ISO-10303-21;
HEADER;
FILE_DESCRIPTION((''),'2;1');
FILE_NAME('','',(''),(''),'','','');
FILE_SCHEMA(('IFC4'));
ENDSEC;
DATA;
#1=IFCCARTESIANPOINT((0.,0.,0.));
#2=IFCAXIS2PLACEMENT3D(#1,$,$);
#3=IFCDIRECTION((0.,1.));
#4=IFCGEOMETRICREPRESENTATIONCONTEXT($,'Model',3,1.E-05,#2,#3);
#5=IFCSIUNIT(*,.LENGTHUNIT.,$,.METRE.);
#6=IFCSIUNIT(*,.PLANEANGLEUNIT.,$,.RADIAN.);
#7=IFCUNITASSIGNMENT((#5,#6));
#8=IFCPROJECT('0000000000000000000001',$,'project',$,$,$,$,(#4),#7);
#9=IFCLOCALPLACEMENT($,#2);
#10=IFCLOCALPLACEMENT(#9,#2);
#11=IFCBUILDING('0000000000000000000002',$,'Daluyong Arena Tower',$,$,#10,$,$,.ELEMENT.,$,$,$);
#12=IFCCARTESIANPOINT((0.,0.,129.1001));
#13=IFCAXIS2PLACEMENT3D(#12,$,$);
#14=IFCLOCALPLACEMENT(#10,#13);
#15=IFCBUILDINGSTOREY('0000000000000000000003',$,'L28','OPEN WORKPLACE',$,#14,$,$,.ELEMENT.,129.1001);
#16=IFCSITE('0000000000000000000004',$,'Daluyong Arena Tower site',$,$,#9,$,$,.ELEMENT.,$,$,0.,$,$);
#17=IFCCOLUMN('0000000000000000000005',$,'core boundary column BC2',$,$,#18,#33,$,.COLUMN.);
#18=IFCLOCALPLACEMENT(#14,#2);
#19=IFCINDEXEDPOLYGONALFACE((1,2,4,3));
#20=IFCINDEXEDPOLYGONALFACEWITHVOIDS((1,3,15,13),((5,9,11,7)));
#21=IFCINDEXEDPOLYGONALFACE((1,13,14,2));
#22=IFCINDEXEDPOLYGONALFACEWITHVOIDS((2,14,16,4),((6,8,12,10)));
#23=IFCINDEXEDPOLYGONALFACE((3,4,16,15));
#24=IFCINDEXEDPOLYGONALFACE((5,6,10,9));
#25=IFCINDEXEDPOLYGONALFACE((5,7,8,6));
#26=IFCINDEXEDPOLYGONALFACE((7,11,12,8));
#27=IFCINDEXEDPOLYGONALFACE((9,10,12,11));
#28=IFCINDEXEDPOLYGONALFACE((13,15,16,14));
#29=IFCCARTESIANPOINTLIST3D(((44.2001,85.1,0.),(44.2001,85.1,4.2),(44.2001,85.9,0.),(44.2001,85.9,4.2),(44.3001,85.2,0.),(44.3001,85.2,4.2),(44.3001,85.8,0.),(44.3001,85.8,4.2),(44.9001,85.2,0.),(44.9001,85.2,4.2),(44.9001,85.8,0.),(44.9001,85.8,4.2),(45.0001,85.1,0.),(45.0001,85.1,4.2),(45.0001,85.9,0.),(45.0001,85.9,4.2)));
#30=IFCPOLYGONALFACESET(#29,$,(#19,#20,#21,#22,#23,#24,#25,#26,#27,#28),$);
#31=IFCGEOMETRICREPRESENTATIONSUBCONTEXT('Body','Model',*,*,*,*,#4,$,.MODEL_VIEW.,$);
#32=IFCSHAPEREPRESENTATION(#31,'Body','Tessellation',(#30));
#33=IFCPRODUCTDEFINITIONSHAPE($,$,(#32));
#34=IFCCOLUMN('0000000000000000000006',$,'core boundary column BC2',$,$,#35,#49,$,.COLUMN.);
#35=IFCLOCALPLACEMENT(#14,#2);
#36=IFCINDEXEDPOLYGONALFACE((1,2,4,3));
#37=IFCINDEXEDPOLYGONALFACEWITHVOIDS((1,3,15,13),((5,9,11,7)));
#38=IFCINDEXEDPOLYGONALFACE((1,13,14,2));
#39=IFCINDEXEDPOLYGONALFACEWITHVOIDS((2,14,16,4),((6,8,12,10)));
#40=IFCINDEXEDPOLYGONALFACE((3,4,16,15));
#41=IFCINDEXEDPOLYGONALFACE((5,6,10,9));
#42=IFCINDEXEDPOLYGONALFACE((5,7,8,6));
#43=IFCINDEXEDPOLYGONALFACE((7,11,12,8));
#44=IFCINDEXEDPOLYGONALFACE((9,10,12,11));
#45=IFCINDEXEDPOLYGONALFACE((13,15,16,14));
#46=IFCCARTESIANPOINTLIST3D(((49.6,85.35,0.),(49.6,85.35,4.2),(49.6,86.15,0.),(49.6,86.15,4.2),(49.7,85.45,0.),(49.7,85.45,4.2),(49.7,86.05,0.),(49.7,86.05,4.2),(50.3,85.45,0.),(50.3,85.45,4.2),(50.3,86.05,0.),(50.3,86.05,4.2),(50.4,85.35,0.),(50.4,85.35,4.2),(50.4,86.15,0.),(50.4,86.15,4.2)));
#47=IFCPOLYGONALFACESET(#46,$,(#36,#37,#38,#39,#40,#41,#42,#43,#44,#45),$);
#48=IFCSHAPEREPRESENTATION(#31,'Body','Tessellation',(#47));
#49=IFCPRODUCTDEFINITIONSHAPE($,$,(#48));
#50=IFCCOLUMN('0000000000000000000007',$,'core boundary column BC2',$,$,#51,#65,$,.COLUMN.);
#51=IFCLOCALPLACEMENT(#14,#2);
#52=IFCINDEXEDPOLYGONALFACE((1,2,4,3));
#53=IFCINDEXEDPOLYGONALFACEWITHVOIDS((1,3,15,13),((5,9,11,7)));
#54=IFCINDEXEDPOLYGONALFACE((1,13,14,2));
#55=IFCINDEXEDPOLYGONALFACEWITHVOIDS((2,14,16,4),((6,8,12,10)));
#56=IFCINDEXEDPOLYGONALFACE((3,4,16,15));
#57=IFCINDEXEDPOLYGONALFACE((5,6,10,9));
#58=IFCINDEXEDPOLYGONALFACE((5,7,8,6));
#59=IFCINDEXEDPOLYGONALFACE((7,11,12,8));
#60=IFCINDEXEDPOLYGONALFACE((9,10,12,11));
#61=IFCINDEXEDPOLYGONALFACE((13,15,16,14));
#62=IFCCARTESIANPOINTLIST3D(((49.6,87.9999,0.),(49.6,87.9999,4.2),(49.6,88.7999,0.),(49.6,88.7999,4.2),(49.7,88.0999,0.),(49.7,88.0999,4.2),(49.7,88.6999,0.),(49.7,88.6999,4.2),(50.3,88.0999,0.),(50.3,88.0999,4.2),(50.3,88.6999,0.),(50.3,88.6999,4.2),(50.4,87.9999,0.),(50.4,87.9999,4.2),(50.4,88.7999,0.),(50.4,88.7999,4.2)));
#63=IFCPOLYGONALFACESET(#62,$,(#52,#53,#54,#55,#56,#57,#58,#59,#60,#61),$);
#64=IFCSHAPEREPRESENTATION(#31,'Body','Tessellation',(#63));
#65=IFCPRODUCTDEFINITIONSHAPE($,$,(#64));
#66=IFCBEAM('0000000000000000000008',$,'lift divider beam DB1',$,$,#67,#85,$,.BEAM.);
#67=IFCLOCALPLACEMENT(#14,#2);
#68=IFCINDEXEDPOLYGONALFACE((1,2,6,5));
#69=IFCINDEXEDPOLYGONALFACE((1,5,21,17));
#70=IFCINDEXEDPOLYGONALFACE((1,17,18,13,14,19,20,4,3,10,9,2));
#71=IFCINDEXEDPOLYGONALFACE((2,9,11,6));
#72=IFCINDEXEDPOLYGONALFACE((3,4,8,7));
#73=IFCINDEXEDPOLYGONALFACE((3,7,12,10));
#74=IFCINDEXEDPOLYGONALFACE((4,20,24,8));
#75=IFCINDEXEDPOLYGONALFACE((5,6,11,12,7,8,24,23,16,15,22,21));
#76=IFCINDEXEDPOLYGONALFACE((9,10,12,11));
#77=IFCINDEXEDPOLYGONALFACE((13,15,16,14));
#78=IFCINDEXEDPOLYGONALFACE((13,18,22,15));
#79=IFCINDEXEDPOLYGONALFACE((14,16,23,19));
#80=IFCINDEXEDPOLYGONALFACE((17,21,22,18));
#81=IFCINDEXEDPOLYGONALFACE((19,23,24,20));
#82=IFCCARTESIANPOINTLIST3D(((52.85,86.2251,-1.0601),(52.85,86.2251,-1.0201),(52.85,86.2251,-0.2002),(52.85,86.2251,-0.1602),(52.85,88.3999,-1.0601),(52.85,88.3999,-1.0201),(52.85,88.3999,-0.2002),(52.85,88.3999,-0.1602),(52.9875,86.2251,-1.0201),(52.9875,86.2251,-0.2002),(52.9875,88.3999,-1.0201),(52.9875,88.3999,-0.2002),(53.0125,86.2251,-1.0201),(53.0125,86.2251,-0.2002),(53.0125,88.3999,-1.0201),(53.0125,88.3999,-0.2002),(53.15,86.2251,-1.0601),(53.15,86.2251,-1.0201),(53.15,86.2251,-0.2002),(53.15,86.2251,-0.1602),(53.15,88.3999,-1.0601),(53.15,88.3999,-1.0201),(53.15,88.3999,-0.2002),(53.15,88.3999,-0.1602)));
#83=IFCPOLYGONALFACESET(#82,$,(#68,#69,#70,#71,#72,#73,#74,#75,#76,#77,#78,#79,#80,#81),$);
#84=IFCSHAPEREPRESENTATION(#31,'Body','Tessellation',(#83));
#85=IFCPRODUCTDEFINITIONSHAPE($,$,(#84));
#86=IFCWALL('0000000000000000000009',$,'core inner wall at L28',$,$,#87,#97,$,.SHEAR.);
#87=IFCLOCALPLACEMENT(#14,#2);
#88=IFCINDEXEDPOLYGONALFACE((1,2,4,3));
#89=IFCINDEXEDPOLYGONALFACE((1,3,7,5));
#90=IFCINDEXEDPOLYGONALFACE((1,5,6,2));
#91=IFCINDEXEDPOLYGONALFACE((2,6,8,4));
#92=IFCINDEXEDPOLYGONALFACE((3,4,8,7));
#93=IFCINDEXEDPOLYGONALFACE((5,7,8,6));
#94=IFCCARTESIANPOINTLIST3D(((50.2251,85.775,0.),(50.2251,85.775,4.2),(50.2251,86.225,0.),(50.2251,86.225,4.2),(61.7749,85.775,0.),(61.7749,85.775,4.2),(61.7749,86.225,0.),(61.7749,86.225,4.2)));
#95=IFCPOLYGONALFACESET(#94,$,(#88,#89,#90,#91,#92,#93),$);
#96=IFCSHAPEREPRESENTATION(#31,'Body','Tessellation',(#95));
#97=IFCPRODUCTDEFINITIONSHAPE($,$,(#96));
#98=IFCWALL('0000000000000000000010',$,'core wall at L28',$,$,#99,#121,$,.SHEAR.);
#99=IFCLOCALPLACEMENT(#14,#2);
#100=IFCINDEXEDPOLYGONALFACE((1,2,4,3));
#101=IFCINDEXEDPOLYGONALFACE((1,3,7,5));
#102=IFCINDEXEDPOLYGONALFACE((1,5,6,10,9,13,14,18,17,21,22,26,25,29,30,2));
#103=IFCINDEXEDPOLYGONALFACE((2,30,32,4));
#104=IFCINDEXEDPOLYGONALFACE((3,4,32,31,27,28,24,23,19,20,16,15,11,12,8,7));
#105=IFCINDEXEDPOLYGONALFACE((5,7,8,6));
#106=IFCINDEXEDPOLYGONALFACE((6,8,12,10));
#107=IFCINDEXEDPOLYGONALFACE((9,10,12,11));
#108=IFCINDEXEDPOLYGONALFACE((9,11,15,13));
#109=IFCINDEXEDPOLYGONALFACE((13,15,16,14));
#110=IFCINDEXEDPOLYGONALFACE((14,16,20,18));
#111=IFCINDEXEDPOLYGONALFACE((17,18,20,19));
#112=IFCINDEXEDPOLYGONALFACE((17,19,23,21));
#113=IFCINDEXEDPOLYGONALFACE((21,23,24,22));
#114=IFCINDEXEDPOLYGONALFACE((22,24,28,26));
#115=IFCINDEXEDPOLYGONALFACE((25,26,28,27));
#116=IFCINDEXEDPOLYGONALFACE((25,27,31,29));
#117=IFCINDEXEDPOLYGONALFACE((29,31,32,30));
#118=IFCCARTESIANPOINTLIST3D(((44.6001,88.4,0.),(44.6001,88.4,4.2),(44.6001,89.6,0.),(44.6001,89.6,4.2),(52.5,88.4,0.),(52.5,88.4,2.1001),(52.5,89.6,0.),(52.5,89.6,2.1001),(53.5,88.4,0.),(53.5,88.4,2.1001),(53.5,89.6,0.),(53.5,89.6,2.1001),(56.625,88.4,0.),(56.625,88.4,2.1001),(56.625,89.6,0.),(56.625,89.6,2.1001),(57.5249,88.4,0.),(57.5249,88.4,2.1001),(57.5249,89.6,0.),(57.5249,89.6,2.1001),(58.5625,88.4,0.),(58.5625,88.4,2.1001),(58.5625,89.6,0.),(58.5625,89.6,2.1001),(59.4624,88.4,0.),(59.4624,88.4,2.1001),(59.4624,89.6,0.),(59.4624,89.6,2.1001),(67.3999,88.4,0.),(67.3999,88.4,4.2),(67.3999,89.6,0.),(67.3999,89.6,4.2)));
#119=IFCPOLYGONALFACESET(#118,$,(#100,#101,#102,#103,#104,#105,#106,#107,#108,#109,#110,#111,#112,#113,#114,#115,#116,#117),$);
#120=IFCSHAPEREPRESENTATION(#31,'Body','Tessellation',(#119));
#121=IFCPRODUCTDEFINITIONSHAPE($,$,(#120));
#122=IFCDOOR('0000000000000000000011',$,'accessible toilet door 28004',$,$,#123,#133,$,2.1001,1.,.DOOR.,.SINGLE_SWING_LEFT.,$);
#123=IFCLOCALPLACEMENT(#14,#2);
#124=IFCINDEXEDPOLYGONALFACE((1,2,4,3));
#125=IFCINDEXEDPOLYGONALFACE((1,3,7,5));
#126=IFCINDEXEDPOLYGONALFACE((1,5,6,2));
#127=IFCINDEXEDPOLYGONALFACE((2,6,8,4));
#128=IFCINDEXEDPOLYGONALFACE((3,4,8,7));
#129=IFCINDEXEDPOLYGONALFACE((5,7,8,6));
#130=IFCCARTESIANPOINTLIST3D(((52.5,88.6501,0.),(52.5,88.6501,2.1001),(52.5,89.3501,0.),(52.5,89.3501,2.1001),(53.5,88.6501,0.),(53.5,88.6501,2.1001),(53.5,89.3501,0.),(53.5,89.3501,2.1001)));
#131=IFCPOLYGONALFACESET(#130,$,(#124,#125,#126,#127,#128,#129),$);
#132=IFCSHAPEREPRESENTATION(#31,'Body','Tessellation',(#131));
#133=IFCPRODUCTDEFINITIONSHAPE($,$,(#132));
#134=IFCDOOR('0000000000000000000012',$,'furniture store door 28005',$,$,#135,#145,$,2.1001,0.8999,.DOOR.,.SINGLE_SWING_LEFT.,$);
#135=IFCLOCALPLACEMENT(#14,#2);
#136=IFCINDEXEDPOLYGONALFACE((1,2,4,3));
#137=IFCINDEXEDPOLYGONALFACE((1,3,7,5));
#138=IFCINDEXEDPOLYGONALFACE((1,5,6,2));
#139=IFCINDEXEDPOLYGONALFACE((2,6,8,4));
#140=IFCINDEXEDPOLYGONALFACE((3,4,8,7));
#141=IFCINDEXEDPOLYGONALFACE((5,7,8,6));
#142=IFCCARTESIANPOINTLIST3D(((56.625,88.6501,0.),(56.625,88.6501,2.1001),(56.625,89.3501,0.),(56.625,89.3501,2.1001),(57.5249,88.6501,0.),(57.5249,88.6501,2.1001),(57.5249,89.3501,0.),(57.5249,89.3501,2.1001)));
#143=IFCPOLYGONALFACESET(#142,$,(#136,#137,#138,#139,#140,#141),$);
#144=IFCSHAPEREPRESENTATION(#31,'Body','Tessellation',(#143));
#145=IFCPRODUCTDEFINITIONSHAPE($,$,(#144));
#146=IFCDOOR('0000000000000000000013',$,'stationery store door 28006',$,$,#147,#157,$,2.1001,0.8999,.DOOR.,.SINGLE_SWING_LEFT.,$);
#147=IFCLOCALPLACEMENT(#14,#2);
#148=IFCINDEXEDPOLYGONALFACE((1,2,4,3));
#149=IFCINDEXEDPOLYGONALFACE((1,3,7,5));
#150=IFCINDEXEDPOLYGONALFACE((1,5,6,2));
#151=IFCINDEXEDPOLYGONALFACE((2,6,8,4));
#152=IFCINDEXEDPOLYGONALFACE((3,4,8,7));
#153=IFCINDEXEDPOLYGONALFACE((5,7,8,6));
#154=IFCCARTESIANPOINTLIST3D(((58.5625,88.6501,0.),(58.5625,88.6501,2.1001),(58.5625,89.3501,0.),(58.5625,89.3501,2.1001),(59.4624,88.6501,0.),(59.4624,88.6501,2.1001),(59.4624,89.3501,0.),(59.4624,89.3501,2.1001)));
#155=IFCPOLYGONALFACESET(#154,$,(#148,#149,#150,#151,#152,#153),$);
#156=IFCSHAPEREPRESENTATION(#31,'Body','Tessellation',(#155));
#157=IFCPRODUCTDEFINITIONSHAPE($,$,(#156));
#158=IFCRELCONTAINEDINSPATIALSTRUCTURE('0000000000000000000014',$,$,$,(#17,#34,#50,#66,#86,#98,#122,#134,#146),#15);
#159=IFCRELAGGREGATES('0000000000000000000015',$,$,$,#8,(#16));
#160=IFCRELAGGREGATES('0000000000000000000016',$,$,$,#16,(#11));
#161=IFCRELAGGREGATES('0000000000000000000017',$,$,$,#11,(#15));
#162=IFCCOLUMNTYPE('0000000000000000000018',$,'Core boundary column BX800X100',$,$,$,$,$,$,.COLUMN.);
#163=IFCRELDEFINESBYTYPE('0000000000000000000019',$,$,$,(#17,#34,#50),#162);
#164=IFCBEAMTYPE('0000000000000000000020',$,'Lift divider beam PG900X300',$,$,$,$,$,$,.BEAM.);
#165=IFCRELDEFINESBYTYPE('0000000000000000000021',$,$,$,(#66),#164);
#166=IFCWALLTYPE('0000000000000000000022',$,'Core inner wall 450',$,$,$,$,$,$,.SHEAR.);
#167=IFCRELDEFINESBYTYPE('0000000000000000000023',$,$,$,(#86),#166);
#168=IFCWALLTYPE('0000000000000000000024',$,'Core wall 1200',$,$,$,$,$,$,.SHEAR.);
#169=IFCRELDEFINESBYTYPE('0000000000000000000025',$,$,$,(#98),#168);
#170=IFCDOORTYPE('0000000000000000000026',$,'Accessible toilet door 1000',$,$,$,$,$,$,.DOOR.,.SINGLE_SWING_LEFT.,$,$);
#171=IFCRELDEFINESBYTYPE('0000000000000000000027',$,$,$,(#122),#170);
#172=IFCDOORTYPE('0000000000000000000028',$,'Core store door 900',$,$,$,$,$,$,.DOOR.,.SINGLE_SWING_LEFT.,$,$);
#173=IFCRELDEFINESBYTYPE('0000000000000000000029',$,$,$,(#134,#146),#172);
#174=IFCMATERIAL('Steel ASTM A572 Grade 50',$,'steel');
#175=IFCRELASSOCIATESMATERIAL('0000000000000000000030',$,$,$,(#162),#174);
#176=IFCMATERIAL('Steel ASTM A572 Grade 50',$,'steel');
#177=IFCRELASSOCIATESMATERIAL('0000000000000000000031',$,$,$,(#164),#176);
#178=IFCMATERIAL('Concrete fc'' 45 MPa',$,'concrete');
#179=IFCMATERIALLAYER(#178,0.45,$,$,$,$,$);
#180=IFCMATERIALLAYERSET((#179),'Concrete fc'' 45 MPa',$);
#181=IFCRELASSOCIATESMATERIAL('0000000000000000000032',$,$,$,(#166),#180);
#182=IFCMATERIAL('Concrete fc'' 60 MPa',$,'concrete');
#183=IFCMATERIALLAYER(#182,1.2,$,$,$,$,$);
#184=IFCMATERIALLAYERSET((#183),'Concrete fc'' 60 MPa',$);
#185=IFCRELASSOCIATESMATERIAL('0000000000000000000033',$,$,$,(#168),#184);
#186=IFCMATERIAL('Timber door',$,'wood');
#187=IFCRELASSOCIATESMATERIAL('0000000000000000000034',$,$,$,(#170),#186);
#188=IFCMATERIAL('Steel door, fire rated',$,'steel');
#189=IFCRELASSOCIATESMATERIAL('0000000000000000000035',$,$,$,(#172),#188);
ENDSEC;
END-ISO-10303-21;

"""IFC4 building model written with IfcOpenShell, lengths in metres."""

from ifc_helpers import new_model, si_unit, direction, frame, frame_2d, origin, origin_2d, place, context, subcontext, project, spatial, rectangle, hollow_rectangle, i_section, extrude, material, layer, layer_set, material_profile, profile_set, type_object, element, fill, save


model = new_model("IFC4")

# Units and contexts
model_context = context("Model", 3, precision=1e-05, world=origin(), true_north=direction((0.0, 1.0)))
body_context = subcontext(model_context, "Body", "Model", "MODEL_VIEW")
ifc_project = project(units=[si_unit("LENGTHUNIT", "METRE"), si_unit("PLANEANGLEUNIT", "RADIAN")], contexts=[model_context])

# Site, building, storey
site_placement = place(None, origin())
site = spatial("IfcSite", under=ifc_project, at=site_placement, Name="Daluyong Arena Tower site", CompositionType="ELEMENT", RefElevation=0.0)
building_placement = place(site_placement, origin())
building = spatial("IfcBuilding", under=site, at=building_placement, Name="Daluyong Arena Tower", CompositionType="ELEMENT")
storey_placement = place(building_placement, frame((0.0, 0.0, 129.1001)))
storey = spatial("IfcBuildingStorey", under=building, at=storey_placement, Name="L28", Description="OPEN WORKPLACE", CompositionType="ELEMENT", Elevation=129.1001)

# Columns
ifc_material_1 = material(Name="Steel ASTM A572 Grade 50", Category="steel")
ifc_material_profile_1 = material_profile(ifc_material_1, hollow_rectangle(XDim=0.8, YDim=0.8, WallThickness=0.1, at=origin_2d()))
ifc_profile_set_1 = profile_set([ifc_material_profile_1], Name="Steel ASTM A572 Grade 50")
column_type = type_object("IfcColumnType", Name="Core boundary column BX800X100", PredefinedType="COLUMN", material=ifc_profile_set_1)
for number, where, z_axis, x_axis, name in (
    (1, (44.6001, 85.5, 0.0), (0.0, 0.0, 1.0), (1.0, 0.0, 0.0), "core boundary column BC2"),
    (2, (50.0, 85.75, 0.0), (0.0, 0.0, 1.0), (1.0, 0.0, 0.0), "core boundary column BC2"),
    (3, (50.0, 88.3999, 0.0), (0.0, 0.0, 1.0), (1.0, 0.0, 0.0), "core boundary column BC2"),
):
    element("IfcColumn", number, at=place(storey_placement, frame(where, z_axis=z_axis, x_axis=x_axis)), inside=storey, type_object=column_type, Name=name, PredefinedType="COLUMN", context=body_context, shape_type="SweptSolid", body=[
        extrude(hollow_rectangle(XDim=0.8, YDim=0.8, WallThickness=0.1, at=origin_2d()), origin(), (0.0, 0.0, 1.0), 4.2),
    ])

# Beam
ifc_material_2 = material(Name="Steel ASTM A572 Grade 50", Category="steel")
ifc_material_profile_2 = material_profile(ifc_material_2, i_section(OverallWidth=0.3, OverallDepth=0.8999, WebThickness=0.025, FlangeThickness=0.04, at=origin_2d()))
ifc_profile_set_2 = profile_set([ifc_material_profile_2], Name="Steel ASTM A572 Grade 50")
beam_type = type_object("IfcBeamType", Name="Lift divider beam PG900X300", PredefinedType="BEAM", material=ifc_profile_set_2)
beam_placement = place(storey_placement, frame((53.0, 86.2251, -0.6101), z_axis=(0.0, 1.0, 0.0), x_axis=(-1.0, 0.0, 0.0)))
element("IfcBeam", 4, at=beam_placement, inside=storey, type_object=beam_type, Name="lift divider beam DB1", PredefinedType="BEAM", context=body_context, shape_type="SweptSolid", body=[
    extrude(i_section(OverallWidth=0.3, OverallDepth=0.8999, WebThickness=0.025, FlangeThickness=0.04, at=origin_2d()), origin(), (0.0, 0.0, 1.0), 2.1748),
])

# Wall
ifc_material_3 = material(Name="Concrete fc' 45 MPa", Category="concrete")
ifc_layer_1 = layer(ifc_material_3, 0.45)
ifc_layer_set_1 = layer_set([ifc_layer_1], Name="Concrete fc' 45 MPa")
wall_type_1 = type_object("IfcWallType", Name="Core inner wall 450", PredefinedType="SHEAR", material=ifc_layer_set_1)
wall_1_placement = place(storey_placement, frame((50.2251, 86.0, 0.0), z_axis=(0.0, 0.0, 1.0), x_axis=(1.0, 0.0, 0.0)))
element("IfcWall", 5, at=wall_1_placement, inside=storey, type_object=wall_type_1, Name="core inner wall at L28", PredefinedType="SHEAR", context=body_context, shape_type="SweptSolid", body=[
    extrude(rectangle(XDim=11.5498, YDim=0.45, at=frame_2d((5.7749, 0.0))), origin(), (0.0, 0.0, 1.0), 4.2),
])

# Wall, openings, doors
ifc_material_4 = material(Name="Concrete fc' 60 MPa", Category="concrete")
ifc_layer_2 = layer(ifc_material_4, 1.2)
ifc_layer_set_2 = layer_set([ifc_layer_2], Name="Concrete fc' 60 MPa")
wall_type_2 = type_object("IfcWallType", Name="Core wall 1200", PredefinedType="SHEAR", material=ifc_layer_set_2)
wall_2_placement = place(storey_placement, frame((44.6001, 89.0, 0.0), z_axis=(0.0, 0.0, 1.0), x_axis=(1.0, 0.0, 0.0)))
wall_2 = element("IfcWall", 6, at=wall_2_placement, inside=storey, type_object=wall_type_2, Name="core wall at L28", PredefinedType="SHEAR", context=body_context, shape_type="SweptSolid", body=[
    extrude(rectangle(XDim=22.7998, YDim=1.2, at=frame_2d((11.3999, 0.0))), origin(), (0.0, 0.0, 1.0), 4.2),
])
opening_1_placement = place(wall_2_placement, frame((7.8999, 0.0, 0.0)))
opening_1 = element("IfcOpeningElement", 7, at=opening_1_placement, cuts=wall_2, PredefinedType="OPENING", context=body_context, shape_type="SweptSolid", body=[
    extrude(rectangle(XDim=1.0, YDim=2.1001, at=frame_2d((0.5, 1.05))), frame((0.0, 0.6099, 0.0), z_axis=(0.0, -1.0, 0.0), x_axis=(1.0, 0.0, 0.0)), (0.0, 0.0, 1.0), 1.22),
])
opening_2_placement = place(wall_2_placement, frame((12.0249, 0.0, 0.0)))
opening_2 = element("IfcOpeningElement", 8, at=opening_2_placement, cuts=wall_2, PredefinedType="OPENING", context=body_context, shape_type="SweptSolid", body=[
    extrude(rectangle(XDim=0.8999, YDim=2.1001, at=frame_2d((0.45, 1.05))), frame((0.0, 0.6099, 0.0), z_axis=(0.0, -1.0, 0.0), x_axis=(1.0, 0.0, 0.0)), (0.0, 0.0, 1.0), 1.22),
])
opening_3_placement = place(wall_2_placement, frame((13.9624, 0.0, 0.0)))
opening_3 = element("IfcOpeningElement", 9, at=opening_3_placement, cuts=wall_2, PredefinedType="OPENING", context=body_context, shape_type="SweptSolid", body=[
    extrude(rectangle(XDim=0.8999, YDim=2.1001, at=frame_2d((0.45, 1.05))), frame((0.0, 0.6099, 0.0), z_axis=(0.0, -1.0, 0.0), x_axis=(1.0, 0.0, 0.0)), (0.0, 0.0, 1.0), 1.22),
])
ifc_material_5 = material(Name="Timber door", Category="wood")
door_type_1 = type_object("IfcDoorType", Name="Accessible toilet door 1000", OperationType="SINGLE_SWING_LEFT", PredefinedType="DOOR", material=ifc_material_5)
door_1_placement = place(opening_1_placement, origin())
door_1 = element("IfcDoor", 10, at=door_1_placement, inside=storey, type_object=door_type_1, Name="accessible toilet door 28004", OperationType="SINGLE_SWING_LEFT", OverallHeight=2.1001, OverallWidth=1.0, PredefinedType="DOOR", context=body_context, shape_type="SweptSolid", body=[
    extrude(rectangle(XDim=1.0, YDim=2.1001, at=frame_2d((0.5, 1.05))), frame((0.0, 0.3501, 0.0), z_axis=(0.0, -1.0, 0.0), x_axis=(1.0, 0.0, 0.0)), (0.0, 0.0, 1.0), 0.7),
])
fill(opening_1, door_1)
ifc_material_6 = material(Name="Steel door, fire rated", Category="steel")
door_type_2 = type_object("IfcDoorType", Name="Core store door 900", OperationType="SINGLE_SWING_LEFT", PredefinedType="DOOR", material=ifc_material_6)
door_2_placement = place(opening_2_placement, origin())
door_2 = element("IfcDoor", 11, at=door_2_placement, inside=storey, type_object=door_type_2, Name="furniture store door 28005", OperationType="SINGLE_SWING_LEFT", OverallHeight=2.1001, OverallWidth=0.8999, PredefinedType="DOOR", context=body_context, shape_type="SweptSolid", body=[
    extrude(rectangle(XDim=0.8999, YDim=2.1001, at=frame_2d((0.45, 1.05))), frame((0.0, 0.3501, 0.0), z_axis=(0.0, -1.0, 0.0), x_axis=(1.0, 0.0, 0.0)), (0.0, 0.0, 1.0), 0.7),
])
fill(opening_2, door_2)
door_3_placement = place(opening_3_placement, origin())
door_3 = element("IfcDoor", 12, at=door_3_placement, inside=storey, type_object=door_type_2, Name="stationery store door 28006", OperationType="SINGLE_SWING_LEFT", OverallHeight=2.1001, OverallWidth=0.8999, PredefinedType="DOOR", context=body_context, shape_type="SweptSolid", body=[
    extrude(rectangle(XDim=0.8999, YDim=2.1001, at=frame_2d((0.45, 1.05))), frame((0.0, 0.3501, 0.0), z_axis=(0.0, -1.0, 0.0), x_axis=(1.0, 0.0, 0.0)), (0.0, 0.0, 1.0), 0.7),
])
fill(opening_3, door_3)

save(model, "model.ifc")
